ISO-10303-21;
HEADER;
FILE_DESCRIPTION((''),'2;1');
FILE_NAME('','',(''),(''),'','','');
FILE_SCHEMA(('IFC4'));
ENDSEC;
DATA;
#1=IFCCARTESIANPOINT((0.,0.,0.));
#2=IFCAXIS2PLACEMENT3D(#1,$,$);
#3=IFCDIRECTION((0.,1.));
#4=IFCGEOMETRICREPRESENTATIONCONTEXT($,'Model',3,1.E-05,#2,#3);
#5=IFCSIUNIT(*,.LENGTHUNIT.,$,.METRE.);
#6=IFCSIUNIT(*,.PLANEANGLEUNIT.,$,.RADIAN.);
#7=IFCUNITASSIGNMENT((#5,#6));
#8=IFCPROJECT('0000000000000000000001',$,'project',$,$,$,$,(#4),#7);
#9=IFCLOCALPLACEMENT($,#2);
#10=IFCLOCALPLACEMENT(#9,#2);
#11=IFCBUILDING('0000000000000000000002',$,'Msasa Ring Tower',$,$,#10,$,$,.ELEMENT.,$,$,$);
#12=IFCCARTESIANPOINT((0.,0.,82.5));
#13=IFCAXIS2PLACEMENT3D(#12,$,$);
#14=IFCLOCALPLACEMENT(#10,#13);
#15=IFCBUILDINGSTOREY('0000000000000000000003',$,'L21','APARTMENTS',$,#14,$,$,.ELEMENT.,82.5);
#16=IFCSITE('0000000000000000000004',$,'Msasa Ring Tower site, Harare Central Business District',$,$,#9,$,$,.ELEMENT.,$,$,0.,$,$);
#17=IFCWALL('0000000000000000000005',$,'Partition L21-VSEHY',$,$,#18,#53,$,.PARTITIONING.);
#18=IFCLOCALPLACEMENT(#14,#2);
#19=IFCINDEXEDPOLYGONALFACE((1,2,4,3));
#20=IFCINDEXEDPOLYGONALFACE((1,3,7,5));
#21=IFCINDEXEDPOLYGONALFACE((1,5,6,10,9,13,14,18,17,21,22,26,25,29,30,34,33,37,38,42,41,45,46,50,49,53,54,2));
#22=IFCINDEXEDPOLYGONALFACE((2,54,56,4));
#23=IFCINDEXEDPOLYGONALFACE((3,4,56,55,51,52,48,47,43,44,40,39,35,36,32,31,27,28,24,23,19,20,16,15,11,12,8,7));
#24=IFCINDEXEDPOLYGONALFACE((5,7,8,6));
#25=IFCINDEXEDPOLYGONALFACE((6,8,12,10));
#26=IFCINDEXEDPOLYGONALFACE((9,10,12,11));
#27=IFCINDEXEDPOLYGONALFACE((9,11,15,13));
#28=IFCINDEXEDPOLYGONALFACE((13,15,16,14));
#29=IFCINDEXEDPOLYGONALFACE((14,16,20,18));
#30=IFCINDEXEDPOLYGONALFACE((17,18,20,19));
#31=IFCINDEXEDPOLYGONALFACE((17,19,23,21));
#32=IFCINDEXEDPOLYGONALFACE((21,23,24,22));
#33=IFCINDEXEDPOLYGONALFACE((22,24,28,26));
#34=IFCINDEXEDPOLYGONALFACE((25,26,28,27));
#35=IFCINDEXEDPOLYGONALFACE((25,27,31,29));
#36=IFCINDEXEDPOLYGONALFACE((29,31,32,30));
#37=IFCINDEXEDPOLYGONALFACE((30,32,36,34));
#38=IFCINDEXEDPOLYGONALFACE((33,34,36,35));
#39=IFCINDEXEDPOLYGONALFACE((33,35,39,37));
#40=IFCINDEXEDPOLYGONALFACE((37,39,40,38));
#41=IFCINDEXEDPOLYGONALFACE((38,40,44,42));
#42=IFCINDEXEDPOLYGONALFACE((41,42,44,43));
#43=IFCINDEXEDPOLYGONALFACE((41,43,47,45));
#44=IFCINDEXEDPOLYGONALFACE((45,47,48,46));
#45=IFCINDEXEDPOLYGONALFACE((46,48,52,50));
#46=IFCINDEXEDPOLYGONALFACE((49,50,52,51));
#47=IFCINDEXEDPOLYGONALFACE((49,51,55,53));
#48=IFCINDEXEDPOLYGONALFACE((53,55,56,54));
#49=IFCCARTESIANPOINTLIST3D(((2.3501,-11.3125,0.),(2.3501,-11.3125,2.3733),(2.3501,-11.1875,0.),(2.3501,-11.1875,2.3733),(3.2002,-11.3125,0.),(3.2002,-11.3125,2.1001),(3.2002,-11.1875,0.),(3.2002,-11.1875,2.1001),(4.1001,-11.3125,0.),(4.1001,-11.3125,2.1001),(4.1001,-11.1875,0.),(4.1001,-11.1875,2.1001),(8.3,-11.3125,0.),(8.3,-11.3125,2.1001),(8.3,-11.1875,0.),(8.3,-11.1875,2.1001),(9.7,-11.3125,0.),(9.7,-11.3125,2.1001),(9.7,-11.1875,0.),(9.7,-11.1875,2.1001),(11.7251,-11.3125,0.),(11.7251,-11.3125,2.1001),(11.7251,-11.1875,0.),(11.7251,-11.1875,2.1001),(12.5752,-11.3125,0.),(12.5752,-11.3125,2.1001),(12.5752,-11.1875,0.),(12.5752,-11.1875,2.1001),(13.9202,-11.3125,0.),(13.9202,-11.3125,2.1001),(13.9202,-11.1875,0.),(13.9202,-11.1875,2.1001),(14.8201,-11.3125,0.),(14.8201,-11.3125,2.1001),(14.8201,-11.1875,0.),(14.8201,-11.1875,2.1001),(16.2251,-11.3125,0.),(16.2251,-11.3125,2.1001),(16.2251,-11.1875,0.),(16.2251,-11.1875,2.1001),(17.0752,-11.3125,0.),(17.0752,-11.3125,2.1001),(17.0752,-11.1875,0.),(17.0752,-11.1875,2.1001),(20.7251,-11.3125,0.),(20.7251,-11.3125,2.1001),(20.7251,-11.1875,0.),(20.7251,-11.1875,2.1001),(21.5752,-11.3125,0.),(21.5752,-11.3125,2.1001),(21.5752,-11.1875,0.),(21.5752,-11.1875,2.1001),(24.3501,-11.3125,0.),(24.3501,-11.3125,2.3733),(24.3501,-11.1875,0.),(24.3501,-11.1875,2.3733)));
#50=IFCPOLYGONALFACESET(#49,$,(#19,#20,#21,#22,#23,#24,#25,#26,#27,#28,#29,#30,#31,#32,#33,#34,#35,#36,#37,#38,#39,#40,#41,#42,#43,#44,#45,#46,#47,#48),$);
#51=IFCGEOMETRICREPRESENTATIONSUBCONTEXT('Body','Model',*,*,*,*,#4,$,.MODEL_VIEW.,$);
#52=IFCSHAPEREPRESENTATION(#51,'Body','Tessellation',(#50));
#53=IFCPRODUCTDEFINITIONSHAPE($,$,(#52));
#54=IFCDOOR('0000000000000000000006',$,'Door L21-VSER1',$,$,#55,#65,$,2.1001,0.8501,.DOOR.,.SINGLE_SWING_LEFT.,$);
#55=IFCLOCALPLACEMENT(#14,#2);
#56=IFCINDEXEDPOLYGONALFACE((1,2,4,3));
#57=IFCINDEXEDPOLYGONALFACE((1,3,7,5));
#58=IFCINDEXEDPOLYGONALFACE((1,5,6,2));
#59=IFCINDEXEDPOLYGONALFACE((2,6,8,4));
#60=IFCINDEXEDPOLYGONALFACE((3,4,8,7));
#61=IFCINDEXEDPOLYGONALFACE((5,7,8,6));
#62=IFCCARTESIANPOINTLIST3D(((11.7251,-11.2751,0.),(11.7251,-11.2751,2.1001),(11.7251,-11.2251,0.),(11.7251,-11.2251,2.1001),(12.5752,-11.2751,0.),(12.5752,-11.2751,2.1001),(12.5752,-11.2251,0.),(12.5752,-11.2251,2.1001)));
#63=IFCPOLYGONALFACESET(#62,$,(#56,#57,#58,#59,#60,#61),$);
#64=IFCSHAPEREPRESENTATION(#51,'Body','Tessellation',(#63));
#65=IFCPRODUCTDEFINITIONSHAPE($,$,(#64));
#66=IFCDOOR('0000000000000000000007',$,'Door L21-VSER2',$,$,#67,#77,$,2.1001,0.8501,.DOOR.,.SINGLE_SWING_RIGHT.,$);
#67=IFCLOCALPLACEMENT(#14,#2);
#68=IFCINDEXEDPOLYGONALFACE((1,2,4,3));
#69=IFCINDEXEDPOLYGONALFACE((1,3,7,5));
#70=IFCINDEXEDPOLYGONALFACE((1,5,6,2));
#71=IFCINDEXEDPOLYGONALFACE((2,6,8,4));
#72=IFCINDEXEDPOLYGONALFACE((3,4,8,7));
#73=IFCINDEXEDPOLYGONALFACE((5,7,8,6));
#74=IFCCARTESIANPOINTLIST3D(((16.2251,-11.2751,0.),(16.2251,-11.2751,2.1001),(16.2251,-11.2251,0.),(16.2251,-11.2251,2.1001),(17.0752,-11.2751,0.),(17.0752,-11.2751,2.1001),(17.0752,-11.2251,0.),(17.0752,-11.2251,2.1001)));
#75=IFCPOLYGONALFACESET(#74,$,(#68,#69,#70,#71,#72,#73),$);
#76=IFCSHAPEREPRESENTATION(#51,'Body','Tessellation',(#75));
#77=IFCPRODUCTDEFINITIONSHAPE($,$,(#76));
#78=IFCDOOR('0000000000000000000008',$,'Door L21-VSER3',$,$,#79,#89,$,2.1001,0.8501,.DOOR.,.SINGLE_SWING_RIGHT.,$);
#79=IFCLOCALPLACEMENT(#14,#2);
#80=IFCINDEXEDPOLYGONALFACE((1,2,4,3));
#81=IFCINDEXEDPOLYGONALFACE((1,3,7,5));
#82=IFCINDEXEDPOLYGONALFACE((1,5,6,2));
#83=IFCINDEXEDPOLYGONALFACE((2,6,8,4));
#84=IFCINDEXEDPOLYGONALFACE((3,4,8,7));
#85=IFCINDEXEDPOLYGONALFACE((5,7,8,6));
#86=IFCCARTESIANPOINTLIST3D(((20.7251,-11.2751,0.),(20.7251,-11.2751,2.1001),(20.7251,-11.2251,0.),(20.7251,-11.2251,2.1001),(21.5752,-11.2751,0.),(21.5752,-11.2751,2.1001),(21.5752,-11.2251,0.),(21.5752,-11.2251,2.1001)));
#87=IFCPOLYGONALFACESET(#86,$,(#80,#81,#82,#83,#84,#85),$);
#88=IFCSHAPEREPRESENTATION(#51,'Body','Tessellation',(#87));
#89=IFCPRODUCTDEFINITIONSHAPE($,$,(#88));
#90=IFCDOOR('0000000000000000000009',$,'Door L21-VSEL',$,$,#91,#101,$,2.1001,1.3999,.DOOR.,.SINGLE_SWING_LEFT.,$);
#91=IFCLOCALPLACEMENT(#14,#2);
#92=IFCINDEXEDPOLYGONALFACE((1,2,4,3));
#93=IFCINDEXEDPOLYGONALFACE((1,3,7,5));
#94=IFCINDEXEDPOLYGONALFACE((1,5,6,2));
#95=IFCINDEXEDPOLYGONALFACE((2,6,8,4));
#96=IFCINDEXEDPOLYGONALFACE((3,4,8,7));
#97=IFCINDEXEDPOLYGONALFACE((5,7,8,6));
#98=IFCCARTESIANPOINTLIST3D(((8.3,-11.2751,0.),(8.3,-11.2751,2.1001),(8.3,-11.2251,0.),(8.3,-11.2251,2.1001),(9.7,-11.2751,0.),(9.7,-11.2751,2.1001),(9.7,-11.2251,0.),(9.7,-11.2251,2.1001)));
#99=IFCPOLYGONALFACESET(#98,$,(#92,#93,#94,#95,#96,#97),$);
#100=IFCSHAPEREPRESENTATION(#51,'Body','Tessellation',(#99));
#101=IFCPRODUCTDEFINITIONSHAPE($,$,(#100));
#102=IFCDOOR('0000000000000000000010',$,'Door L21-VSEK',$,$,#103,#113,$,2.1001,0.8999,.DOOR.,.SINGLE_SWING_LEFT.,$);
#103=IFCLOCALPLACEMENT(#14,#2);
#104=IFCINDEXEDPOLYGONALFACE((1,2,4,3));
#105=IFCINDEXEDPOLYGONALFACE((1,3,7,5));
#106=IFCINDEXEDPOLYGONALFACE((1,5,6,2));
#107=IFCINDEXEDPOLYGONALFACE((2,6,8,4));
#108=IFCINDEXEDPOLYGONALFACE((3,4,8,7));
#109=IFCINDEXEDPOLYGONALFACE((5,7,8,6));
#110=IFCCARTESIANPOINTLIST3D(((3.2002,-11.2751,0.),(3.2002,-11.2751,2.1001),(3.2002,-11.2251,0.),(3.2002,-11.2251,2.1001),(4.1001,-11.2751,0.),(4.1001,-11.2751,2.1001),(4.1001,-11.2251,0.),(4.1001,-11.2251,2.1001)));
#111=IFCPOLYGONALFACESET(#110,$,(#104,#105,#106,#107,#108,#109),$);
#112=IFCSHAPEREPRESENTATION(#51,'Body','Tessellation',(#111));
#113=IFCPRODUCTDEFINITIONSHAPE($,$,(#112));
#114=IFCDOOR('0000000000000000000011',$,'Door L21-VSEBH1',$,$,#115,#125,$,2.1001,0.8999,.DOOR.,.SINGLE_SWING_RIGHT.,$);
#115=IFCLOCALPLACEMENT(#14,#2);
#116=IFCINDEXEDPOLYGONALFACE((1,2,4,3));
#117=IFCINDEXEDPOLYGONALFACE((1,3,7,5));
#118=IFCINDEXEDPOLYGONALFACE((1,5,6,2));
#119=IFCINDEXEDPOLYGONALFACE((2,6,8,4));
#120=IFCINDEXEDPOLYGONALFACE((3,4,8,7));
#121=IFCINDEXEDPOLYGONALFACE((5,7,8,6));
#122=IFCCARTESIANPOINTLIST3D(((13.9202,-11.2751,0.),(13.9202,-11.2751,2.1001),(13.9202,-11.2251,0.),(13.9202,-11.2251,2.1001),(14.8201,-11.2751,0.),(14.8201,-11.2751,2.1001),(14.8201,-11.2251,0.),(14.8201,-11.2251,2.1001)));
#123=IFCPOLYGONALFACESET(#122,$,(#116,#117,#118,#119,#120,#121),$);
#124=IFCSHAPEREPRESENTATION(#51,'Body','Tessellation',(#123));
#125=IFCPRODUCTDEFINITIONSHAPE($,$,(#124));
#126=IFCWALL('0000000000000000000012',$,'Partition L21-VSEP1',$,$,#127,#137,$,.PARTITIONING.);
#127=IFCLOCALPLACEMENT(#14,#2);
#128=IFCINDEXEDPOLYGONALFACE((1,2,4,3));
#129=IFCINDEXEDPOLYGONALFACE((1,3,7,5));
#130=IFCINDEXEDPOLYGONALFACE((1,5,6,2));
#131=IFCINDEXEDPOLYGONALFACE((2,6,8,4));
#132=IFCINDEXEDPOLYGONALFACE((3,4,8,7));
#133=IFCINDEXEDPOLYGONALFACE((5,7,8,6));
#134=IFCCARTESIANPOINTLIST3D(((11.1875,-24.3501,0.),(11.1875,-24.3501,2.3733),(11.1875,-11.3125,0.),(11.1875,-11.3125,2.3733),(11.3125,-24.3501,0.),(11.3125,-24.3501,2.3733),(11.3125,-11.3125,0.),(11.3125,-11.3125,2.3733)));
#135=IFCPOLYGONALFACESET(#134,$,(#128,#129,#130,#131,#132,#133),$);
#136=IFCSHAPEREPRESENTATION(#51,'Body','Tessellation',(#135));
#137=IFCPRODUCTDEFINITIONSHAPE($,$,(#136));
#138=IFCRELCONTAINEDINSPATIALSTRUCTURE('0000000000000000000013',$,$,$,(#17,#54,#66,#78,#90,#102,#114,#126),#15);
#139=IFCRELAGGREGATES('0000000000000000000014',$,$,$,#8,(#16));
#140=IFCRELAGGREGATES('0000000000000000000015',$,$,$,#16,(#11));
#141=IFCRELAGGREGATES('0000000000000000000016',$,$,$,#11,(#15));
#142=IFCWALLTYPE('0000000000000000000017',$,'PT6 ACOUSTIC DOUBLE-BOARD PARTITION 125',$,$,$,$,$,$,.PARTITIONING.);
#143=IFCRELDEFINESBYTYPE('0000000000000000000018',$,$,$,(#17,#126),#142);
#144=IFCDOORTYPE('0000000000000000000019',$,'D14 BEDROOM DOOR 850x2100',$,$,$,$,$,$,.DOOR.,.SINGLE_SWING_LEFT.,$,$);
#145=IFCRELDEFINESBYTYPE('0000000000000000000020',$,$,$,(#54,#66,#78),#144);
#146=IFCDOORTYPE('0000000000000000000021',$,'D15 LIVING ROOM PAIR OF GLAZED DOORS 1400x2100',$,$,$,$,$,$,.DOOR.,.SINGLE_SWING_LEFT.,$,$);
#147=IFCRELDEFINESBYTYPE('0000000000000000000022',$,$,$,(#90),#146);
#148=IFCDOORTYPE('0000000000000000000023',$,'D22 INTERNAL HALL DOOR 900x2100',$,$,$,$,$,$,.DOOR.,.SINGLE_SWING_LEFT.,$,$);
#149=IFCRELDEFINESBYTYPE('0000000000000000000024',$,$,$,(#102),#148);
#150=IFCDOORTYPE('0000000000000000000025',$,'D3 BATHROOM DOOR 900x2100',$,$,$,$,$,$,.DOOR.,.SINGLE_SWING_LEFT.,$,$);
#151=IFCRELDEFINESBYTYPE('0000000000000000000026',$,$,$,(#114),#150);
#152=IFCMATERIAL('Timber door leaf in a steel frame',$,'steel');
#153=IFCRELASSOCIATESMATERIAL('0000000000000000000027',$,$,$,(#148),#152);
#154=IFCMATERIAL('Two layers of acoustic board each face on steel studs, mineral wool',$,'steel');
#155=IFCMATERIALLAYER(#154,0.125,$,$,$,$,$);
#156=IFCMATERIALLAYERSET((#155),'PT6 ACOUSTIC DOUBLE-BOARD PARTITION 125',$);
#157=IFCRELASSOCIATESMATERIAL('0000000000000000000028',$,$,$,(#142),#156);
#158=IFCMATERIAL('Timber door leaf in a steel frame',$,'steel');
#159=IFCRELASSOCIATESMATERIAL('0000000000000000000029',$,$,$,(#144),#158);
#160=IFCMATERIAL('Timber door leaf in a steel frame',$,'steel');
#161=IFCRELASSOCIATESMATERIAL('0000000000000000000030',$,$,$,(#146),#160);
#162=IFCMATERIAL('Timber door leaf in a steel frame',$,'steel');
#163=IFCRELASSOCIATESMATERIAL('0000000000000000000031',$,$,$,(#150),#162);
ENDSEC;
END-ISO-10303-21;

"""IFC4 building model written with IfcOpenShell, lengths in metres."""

from ifc_helpers import new_model, si_unit, direction, frame, frame_2d, origin, place, context, subcontext, project, spatial, rectangle, extrude, material, layer, layer_set, type_object, element, fill, save


model = new_model("IFC4")

# Units and contexts
model_context = context("Model", 3, precision=1e-05, world=origin(), true_north=direction((0.0, 1.0)))
body_context = subcontext(model_context, "Body", "Model", "MODEL_VIEW")
ifc_project = project(units=[si_unit("LENGTHUNIT", "METRE"), si_unit("PLANEANGLEUNIT", "RADIAN")], contexts=[model_context])

# Site, building, storey
site_placement = place(None, origin())
site = spatial("IfcSite", under=ifc_project, at=site_placement, Name="Msasa Ring Tower site, Harare Central Business District", CompositionType="ELEMENT", RefElevation=0.0)
building_placement = place(site_placement, origin())
building = spatial("IfcBuilding", under=site, at=building_placement, Name="Msasa Ring Tower", CompositionType="ELEMENT")
storey_placement = place(building_placement, frame((0.0, 0.0, 82.5)))
storey = spatial("IfcBuildingStorey", under=building, at=storey_placement, Name="L21", Description="APARTMENTS", CompositionType="ELEMENT", Elevation=82.5)

# Shared definitions
ifc_material_1 = material(Name="Timber door leaf in a steel frame", Category="steel")
door_type_1 = type_object("IfcDoorType", Name="D22 INTERNAL HALL DOOR 900x2100", OperationType="SINGLE_SWING_LEFT", PredefinedType="DOOR", material=ifc_material_1)

# Wall, openings, doors
ifc_material_2 = material(Name="Two layers of acoustic board each face on steel studs, mineral wool", Category="steel")
ifc_layer_1 = layer(ifc_material_2, 0.125)
ifc_layer_set_1 = layer_set([ifc_layer_1], Name="PT6 ACOUSTIC DOUBLE-BOARD PARTITION 125")
wall_type_1 = type_object("IfcWallType", Name="PT6 ACOUSTIC DOUBLE-BOARD PARTITION 125", PredefinedType="PARTITIONING", material=ifc_layer_set_1)
wall_1_placement = place(storey_placement, frame((2.3501, -11.25, 0.0), z_axis=(0.0, 0.0, 1.0), x_axis=(1.0, 0.0, 0.0)))
wall_1 = element("IfcWall", 1, at=wall_1_placement, inside=storey, type_object=wall_type_1, Name="Partition L21-VSEHY", PredefinedType="PARTITIONING", context=body_context, shape_type="SweptSolid", body=[
    extrude(rectangle(XDim=22.0, YDim=0.125, at=frame_2d((11.0, 0.0))), origin(), (0.0, 0.0, 1.0), 2.3733),
])
opening_1_placement = place(wall_1_placement, frame((0.8501, 0.0, 0.0)))
opening_1 = element("IfcOpeningElement", 2, at=opening_1_placement, cuts=wall_1, PredefinedType="OPENING", context=body_context, shape_type="SweptSolid", body=[
    extrude(rectangle(XDim=0.8999, YDim=2.1001, at=frame_2d((0.45, 1.05))), frame((0.0, 0.0725, 0.0), z_axis=(0.0, -1.0, 0.0), x_axis=(1.0, 0.0, 0.0)), (0.0, 0.0, 1.0), 0.145),
])
opening_2_placement = place(wall_1_placement, frame((5.95, 0.0, 0.0)))
opening_2 = element("IfcOpeningElement", 3, at=opening_2_placement, cuts=wall_1, PredefinedType="OPENING", context=body_context, shape_type="SweptSolid", body=[
    extrude(rectangle(XDim=1.3999, YDim=2.1001, at=frame_2d((0.7, 1.05))), frame((0.0, 0.0725, 0.0), z_axis=(0.0, -1.0, 0.0), x_axis=(1.0, 0.0, 0.0)), (0.0, 0.0, 1.0), 0.145),
])
opening_3_placement = place(wall_1_placement, frame((9.375, 0.0, 0.0)))
opening_3 = element("IfcOpeningElement", 4, at=opening_3_placement, cuts=wall_1, PredefinedType="OPENING", context=body_context, shape_type="SweptSolid", body=[
    extrude(rectangle(XDim=0.8501, YDim=2.1001, at=frame_2d((0.425, 1.05))), frame((0.0, 0.0725, 0.0), z_axis=(0.0, -1.0, 0.0), x_axis=(1.0, 0.0, 0.0)), (0.0, 0.0, 1.0), 0.145),
])
opening_4_placement = place(wall_1_placement, frame((11.5701, 0.0, 0.0)))
opening_4 = element("IfcOpeningElement", 5, at=opening_4_placement, cuts=wall_1, PredefinedType="OPENING", context=body_context, shape_type="SweptSolid", body=[
    extrude(rectangle(XDim=0.8999, YDim=2.1001, at=frame_2d((0.45, 1.05))), frame((0.0, 0.0725, 0.0), z_axis=(0.0, -1.0, 0.0), x_axis=(1.0, 0.0, 0.0)), (0.0, 0.0, 1.0), 0.145),
])
opening_5_placement = place(wall_1_placement, frame((13.875, 0.0, 0.0)))
opening_5 = element("IfcOpeningElement", 6, at=opening_5_placement, cuts=wall_1, PredefinedType="OPENING", context=body_context, shape_type="SweptSolid", body=[
    extrude(rectangle(XDim=0.8501, YDim=2.1001, at=frame_2d((0.425, 1.05))), frame((0.0, 0.0725, 0.0), z_axis=(0.0, -1.0, 0.0), x_axis=(1.0, 0.0, 0.0)), (0.0, 0.0, 1.0), 0.145),
])
opening_6_placement = place(wall_1_placement, frame((18.375, 0.0, 0.0)))
opening_6 = element("IfcOpeningElement", 7, at=opening_6_placement, cuts=wall_1, PredefinedType="OPENING", context=body_context, shape_type="SweptSolid", body=[
    extrude(rectangle(XDim=0.8501, YDim=2.1001, at=frame_2d((0.425, 1.05))), frame((0.0, 0.0725, 0.0), z_axis=(0.0, -1.0, 0.0), x_axis=(1.0, 0.0, 0.0)), (0.0, 0.0, 1.0), 0.145),
])
ifc_material_3 = material(Name="Timber door leaf in a steel frame", Category="steel")
door_type_2 = type_object("IfcDoorType", Name="D14 BEDROOM DOOR 850x2100", OperationType="SINGLE_SWING_LEFT", PredefinedType="DOOR", material=ifc_material_3)
door_1_placement = place(opening_3_placement, origin())
door_1 = element("IfcDoor", 8, at=door_1_placement, inside=storey, type_object=door_type_2, Name="Door L21-VSER1", OperationType="SINGLE_SWING_LEFT", OverallHeight=2.1001, OverallWidth=0.8501, PredefinedType="DOOR", context=body_context, shape_type="SweptSolid", body=[
    extrude(rectangle(XDim=0.8501, YDim=2.1001, at=frame_2d((0.425, 1.05))), frame((0.0, 0.0249, 0.0), z_axis=(0.0, -1.0, 0.0), x_axis=(1.0, 0.0, 0.0)), (0.0, 0.0, 1.0), 0.05),
])
fill(opening_3, door_1)
door_2_placement = place(opening_5_placement, origin())
door_2 = element("IfcDoor", 9, at=door_2_placement, inside=storey, type_object=door_type_2, Name="Door L21-VSER2", OperationType="SINGLE_SWING_RIGHT", OverallHeight=2.1001, OverallWidth=0.8501, PredefinedType="DOOR", context=body_context, shape_type="SweptSolid", body=[
    extrude(rectangle(XDim=0.8501, YDim=2.1001, at=frame_2d((0.425, 1.05))), frame((0.0, 0.0249, 0.0), z_axis=(0.0, -1.0, 0.0), x_axis=(1.0, 0.0, 0.0)), (0.0, 0.0, 1.0), 0.05),
])
fill(opening_5, door_2)
door_3_placement = place(opening_6_placement, origin())
door_3 = element("IfcDoor", 10, at=door_3_placement, inside=storey, type_object=door_type_2, Name="Door L21-VSER3", OperationType="SINGLE_SWING_RIGHT", OverallHeight=2.1001, OverallWidth=0.8501, PredefinedType="DOOR", context=body_context, shape_type="SweptSolid", body=[
    extrude(rectangle(XDim=0.8501, YDim=2.1001, at=frame_2d((0.425, 1.05))), frame((0.0, 0.0249, 0.0), z_axis=(0.0, -1.0, 0.0), x_axis=(1.0, 0.0, 0.0)), (0.0, 0.0, 1.0), 0.05),
])
fill(opening_6, door_3)
ifc_material_4 = material(Name="Timber door leaf in a steel frame", Category="steel")
door_type_3 = type_object("IfcDoorType", Name="D15 LIVING ROOM PAIR OF GLAZED DOORS 1400x2100", OperationType="SINGLE_SWING_LEFT", PredefinedType="DOOR", material=ifc_material_4)
door_4_placement = place(opening_2_placement, origin())
door_4 = element("IfcDoor", 11, at=door_4_placement, inside=storey, type_object=door_type_3, Name="Door L21-VSEL", OperationType="SINGLE_SWING_LEFT", OverallHeight=2.1001, OverallWidth=1.3999, PredefinedType="DOOR", context=body_context, shape_type="SweptSolid", body=[
    extrude(rectangle(XDim=1.3999, YDim=2.1001, at=frame_2d((0.7, 1.05))), frame((0.0, 0.0249, 0.0), z_axis=(0.0, -1.0, 0.0), x_axis=(1.0, 0.0, 0.0)), (0.0, 0.0, 1.0), 0.05),
])
fill(opening_2, door_4)
door_5_placement = place(opening_1_placement, origin())
door_5 = element("IfcDoor", 12, at=door_5_placement, inside=storey, type_object=door_type_1, Name="Door L21-VSEK", OperationType="SINGLE_SWING_LEFT", OverallHeight=2.1001, OverallWidth=0.8999, PredefinedType="DOOR", context=body_context, shape_type="SweptSolid", body=[
    extrude(rectangle(XDim=0.8999, YDim=2.1001, at=frame_2d((0.45, 1.05))), frame((0.0, 0.0249, 0.0), z_axis=(0.0, -1.0, 0.0), x_axis=(1.0, 0.0, 0.0)), (0.0, 0.0, 1.0), 0.05),
])
fill(opening_1, door_5)
ifc_material_5 = material(Name="Timber door leaf in a steel frame", Category="steel")
door_type_4 = type_object("IfcDoorType", Name="D3 BATHROOM DOOR 900x2100", OperationType="SINGLE_SWING_LEFT", PredefinedType="DOOR", material=ifc_material_5)
door_6_placement = place(opening_4_placement, origin())
door_6 = element("IfcDoor", 13, at=door_6_placement, inside=storey, type_object=door_type_4, Name="Door L21-VSEBH1", OperationType="SINGLE_SWING_RIGHT", OverallHeight=2.1001, OverallWidth=0.8999, PredefinedType="DOOR", context=body_context, shape_type="SweptSolid", body=[
    extrude(rectangle(XDim=0.8999, YDim=2.1001, at=frame_2d((0.45, 1.05))), frame((0.0, 0.0249, 0.0), z_axis=(0.0, -1.0, 0.0), x_axis=(1.0, 0.0, 0.0)), (0.0, 0.0, 1.0), 0.05),
])
fill(opening_4, door_6)

# Wall
wall_2_placement = place(storey_placement, frame((11.25, -24.3501, 0.0), z_axis=(0.0, 0.0, 1.0), x_axis=(0.0, 1.0, 0.0)))
element("IfcWall", 14, at=wall_2_placement, inside=storey, type_object=wall_type_1, Name="Partition L21-VSEP1", PredefinedType="PARTITIONING", context=body_context, shape_type="SweptSolid", body=[
    extrude(rectangle(XDim=13.0376, YDim=0.125, at=frame_2d((6.5188, 0.0))), origin(), (0.0, 0.0, 1.0), 2.3733),
])

save(model, "model.ifc")
